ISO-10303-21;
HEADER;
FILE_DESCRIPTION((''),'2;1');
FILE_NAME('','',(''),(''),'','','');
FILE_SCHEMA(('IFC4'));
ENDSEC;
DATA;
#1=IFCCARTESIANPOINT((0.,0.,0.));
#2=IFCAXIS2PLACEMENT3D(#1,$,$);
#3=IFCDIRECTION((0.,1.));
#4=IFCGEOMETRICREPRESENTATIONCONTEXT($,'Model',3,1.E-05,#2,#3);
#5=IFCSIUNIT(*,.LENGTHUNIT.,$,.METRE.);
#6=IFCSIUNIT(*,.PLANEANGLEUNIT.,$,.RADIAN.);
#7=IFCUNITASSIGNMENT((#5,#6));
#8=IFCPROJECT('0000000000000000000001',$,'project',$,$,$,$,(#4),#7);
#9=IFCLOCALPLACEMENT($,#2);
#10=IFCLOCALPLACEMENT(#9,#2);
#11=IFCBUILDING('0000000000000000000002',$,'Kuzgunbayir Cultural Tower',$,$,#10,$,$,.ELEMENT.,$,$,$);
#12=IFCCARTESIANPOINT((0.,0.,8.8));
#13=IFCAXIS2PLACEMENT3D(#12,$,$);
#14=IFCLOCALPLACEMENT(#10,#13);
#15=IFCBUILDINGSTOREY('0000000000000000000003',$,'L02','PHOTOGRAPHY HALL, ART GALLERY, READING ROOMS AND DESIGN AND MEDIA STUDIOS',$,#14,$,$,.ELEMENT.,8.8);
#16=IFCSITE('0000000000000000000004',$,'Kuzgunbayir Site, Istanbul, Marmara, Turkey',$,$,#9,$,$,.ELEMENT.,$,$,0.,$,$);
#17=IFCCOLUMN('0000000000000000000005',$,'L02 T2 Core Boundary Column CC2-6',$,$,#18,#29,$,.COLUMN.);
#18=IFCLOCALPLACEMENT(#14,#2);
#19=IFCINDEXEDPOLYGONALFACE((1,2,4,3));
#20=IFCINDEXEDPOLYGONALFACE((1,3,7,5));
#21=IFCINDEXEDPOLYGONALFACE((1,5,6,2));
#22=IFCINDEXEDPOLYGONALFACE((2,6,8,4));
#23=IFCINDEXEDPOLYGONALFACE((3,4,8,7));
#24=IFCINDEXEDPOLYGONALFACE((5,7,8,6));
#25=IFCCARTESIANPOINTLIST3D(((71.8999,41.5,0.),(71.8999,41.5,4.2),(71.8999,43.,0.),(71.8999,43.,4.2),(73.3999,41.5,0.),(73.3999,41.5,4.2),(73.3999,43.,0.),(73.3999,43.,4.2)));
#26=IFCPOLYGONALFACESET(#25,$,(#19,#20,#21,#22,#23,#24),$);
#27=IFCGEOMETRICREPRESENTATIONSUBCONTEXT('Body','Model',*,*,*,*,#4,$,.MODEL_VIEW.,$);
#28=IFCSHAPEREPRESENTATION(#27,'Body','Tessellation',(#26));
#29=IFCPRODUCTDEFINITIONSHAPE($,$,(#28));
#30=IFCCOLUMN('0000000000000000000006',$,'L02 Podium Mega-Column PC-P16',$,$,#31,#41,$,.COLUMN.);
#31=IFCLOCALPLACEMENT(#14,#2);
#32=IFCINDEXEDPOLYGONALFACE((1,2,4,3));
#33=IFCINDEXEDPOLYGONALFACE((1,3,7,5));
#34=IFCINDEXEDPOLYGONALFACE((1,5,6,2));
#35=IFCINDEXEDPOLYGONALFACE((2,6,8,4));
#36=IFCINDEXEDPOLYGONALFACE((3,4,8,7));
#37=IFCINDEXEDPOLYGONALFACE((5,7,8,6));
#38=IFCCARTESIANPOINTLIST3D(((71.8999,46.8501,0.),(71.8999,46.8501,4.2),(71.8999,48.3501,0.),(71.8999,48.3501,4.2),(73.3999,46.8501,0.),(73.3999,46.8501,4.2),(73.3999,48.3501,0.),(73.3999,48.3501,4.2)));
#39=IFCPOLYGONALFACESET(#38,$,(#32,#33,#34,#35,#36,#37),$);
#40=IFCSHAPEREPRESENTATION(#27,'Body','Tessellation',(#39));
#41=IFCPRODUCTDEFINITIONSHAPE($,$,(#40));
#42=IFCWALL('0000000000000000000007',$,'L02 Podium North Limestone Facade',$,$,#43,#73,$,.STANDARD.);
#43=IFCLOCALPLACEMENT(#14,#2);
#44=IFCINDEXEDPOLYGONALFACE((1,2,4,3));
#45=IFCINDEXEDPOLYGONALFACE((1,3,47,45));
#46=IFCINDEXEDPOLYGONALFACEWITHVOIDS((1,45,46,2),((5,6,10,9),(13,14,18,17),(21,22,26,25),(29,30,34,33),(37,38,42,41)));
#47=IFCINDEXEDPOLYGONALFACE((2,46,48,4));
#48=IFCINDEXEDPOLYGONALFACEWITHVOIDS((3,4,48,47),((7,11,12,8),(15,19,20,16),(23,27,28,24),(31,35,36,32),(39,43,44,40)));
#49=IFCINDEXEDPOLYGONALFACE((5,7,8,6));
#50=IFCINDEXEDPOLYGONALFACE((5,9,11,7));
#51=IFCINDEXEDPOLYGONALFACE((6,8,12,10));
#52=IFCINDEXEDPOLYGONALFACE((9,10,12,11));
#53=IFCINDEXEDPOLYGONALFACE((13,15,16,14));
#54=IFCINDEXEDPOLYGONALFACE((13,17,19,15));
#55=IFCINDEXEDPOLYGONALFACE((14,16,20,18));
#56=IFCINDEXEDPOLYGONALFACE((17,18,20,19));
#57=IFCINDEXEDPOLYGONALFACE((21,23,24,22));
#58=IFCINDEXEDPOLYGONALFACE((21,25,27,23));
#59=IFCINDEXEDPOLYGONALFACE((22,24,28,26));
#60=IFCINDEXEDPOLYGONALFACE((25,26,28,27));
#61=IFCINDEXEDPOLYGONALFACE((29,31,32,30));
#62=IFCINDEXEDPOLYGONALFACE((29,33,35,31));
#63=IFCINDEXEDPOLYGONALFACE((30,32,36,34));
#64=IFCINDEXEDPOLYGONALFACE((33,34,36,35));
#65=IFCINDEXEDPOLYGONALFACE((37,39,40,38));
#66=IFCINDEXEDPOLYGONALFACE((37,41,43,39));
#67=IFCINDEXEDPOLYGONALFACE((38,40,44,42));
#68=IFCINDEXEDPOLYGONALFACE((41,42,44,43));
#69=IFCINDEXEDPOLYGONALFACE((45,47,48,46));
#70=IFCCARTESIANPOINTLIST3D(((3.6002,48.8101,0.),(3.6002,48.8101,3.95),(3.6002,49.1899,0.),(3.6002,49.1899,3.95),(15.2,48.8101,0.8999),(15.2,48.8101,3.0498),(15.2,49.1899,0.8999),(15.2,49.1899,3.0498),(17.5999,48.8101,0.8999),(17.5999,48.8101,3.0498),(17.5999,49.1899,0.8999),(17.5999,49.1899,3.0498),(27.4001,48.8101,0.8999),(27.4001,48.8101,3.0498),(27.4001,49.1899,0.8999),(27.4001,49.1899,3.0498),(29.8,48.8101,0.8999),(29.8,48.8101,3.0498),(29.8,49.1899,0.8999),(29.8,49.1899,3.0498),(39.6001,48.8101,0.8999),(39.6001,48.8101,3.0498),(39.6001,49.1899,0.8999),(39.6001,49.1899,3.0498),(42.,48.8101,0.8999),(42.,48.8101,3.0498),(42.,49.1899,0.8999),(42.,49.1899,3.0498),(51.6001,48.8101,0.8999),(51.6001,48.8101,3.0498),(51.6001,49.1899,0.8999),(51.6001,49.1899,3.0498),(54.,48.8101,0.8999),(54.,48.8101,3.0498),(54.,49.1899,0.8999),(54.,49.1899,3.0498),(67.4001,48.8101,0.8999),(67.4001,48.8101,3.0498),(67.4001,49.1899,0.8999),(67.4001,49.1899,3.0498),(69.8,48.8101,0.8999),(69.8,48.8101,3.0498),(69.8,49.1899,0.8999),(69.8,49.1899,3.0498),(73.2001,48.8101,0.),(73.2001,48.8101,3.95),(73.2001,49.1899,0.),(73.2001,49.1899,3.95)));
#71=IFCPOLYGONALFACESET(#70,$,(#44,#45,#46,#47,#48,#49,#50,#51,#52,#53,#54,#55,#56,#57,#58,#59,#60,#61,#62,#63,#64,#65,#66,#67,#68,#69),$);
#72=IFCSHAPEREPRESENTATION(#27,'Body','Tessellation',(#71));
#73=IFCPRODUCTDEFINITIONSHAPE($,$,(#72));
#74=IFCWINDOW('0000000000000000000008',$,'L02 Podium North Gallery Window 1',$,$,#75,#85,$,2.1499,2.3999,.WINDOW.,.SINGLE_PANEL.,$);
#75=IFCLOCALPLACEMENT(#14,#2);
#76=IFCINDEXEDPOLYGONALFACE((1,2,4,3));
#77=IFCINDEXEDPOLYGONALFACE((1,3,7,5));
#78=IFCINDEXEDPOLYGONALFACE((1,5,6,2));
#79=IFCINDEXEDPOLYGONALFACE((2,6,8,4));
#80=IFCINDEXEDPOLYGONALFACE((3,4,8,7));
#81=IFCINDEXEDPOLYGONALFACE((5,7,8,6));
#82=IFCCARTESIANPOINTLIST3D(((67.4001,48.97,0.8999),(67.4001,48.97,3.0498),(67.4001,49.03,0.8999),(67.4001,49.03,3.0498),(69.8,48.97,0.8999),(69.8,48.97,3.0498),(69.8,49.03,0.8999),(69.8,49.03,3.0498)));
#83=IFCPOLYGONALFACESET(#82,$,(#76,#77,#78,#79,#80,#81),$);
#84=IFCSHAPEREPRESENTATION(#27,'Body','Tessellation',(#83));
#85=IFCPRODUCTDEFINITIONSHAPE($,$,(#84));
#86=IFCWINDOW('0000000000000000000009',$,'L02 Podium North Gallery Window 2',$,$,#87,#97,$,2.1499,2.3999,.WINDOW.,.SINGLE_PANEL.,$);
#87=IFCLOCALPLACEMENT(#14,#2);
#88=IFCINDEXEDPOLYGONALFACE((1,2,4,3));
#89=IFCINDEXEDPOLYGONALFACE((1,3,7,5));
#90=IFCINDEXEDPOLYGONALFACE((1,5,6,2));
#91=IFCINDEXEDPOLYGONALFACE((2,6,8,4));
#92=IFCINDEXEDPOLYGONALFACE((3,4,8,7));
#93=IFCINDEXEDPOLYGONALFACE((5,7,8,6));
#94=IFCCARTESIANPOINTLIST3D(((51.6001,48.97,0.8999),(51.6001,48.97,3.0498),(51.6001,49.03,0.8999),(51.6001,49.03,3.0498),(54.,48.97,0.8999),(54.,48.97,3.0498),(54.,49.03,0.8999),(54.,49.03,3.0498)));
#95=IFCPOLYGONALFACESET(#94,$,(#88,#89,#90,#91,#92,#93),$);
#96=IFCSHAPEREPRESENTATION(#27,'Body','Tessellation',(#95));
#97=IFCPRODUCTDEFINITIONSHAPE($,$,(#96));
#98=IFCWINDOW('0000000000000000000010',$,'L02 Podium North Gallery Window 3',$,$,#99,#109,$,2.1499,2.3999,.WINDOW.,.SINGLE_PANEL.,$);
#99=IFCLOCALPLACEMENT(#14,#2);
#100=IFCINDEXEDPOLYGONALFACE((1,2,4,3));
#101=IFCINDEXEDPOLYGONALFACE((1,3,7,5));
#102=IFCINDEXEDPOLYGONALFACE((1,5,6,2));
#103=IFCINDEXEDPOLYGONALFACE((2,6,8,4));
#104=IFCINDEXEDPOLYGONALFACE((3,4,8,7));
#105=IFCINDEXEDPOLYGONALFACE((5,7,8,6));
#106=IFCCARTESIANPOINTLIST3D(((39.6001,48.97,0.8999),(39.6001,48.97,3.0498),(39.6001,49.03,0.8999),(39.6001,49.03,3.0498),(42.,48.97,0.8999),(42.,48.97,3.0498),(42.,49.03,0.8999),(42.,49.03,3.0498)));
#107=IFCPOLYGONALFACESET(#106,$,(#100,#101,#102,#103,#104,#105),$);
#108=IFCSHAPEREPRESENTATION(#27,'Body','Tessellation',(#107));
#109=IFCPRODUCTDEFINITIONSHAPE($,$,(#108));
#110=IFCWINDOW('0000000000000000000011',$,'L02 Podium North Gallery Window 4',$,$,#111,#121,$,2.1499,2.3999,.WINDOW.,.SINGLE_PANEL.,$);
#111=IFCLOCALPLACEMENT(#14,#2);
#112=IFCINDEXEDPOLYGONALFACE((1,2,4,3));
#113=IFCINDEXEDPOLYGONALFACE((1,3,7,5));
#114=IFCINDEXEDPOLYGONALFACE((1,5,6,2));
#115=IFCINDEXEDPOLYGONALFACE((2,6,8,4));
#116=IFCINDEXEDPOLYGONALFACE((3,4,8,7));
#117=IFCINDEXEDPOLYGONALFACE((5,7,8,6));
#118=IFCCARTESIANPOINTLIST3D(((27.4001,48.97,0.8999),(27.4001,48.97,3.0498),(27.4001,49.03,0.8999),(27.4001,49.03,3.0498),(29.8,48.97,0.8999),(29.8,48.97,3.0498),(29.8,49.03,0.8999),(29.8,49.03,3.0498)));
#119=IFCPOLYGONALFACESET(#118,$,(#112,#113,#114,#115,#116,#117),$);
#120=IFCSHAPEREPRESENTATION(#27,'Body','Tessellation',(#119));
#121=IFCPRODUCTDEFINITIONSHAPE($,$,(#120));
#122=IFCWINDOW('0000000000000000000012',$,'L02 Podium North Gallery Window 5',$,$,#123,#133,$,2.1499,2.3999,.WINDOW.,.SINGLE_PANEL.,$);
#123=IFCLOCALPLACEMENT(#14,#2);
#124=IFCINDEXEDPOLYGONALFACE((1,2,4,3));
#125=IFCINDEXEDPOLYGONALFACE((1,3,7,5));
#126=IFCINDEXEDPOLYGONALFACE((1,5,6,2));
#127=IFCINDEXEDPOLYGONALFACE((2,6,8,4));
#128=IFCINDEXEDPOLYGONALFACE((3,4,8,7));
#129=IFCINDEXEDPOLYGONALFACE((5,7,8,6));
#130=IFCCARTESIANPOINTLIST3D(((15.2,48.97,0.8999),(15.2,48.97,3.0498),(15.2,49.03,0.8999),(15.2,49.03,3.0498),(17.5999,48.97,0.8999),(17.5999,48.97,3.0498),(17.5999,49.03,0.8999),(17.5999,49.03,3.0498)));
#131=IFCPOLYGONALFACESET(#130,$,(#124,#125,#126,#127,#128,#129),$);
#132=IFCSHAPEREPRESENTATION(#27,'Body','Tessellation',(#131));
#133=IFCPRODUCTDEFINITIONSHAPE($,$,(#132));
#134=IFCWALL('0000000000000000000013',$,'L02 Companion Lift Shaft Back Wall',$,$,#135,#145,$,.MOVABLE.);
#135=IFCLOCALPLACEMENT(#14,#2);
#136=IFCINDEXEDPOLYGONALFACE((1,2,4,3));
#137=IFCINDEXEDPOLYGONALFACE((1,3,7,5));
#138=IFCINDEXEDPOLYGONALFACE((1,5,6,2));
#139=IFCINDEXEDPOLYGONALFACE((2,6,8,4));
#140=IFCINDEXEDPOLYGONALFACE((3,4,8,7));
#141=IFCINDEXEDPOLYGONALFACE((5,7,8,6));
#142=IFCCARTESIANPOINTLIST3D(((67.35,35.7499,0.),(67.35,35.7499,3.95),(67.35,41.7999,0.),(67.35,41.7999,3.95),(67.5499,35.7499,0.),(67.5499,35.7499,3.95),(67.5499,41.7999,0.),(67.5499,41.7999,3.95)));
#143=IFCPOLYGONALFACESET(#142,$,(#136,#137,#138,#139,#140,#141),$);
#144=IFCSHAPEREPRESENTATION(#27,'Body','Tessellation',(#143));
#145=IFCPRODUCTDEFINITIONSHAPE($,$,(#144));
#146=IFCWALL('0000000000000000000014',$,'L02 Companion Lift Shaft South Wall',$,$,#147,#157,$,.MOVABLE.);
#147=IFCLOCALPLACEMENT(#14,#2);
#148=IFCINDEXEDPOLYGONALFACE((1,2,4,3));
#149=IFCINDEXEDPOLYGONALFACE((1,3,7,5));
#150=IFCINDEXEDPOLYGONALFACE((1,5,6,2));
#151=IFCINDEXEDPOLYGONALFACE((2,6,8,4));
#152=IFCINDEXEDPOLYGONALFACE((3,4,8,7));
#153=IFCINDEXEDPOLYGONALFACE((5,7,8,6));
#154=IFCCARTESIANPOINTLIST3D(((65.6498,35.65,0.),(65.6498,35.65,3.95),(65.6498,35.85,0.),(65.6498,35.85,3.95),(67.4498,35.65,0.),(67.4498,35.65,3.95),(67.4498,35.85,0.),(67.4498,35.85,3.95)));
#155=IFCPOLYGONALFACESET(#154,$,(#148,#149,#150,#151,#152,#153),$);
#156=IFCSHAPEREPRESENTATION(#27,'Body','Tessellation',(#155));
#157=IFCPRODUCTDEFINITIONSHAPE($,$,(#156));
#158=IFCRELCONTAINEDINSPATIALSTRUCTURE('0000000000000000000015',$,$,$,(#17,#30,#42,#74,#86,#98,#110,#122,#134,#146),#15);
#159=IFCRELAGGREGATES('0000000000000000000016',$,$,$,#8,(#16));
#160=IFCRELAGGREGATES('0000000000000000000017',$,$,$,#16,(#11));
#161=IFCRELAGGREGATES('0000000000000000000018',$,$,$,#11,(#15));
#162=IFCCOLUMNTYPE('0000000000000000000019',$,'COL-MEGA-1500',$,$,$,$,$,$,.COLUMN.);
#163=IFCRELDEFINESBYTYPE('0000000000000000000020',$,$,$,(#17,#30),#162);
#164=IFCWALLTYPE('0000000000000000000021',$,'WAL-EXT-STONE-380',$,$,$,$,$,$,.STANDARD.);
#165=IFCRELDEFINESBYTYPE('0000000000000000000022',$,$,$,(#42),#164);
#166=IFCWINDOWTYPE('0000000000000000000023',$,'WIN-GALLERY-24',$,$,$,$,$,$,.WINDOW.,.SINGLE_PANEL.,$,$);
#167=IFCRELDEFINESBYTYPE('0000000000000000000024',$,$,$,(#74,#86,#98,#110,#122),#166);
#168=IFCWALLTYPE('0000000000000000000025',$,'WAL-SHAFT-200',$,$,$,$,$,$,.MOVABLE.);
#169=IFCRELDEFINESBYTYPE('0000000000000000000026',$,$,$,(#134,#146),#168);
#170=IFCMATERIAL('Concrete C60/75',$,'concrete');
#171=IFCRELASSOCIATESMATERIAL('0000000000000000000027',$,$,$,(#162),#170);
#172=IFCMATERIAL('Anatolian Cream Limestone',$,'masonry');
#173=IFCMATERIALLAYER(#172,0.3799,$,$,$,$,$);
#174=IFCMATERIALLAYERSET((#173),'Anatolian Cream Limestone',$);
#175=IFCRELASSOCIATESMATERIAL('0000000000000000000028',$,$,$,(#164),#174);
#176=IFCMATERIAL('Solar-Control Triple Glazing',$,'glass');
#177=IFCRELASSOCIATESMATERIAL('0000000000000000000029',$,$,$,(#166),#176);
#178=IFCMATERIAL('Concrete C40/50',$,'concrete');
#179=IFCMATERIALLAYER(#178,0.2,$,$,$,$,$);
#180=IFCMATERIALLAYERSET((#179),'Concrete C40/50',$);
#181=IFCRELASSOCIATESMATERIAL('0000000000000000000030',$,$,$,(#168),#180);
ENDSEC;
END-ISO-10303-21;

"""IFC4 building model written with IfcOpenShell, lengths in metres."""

from ifc_helpers import new_model, si_unit, direction, frame, frame_2d, origin, origin_2d, place, context, subcontext, project, spatial, rectangle, extrude, material, layer, layer_set, material_profile, profile_set, type_object, element, fill, save


model = new_model("IFC4")

# Units and contexts
model_context = context("Model", 3, precision=1e-05, world=origin(), true_north=direction((0.0, 1.0)))
body_context = subcontext(model_context, "Body", "Model", "MODEL_VIEW")
ifc_project = project(units=[si_unit("LENGTHUNIT", "METRE"), si_unit("PLANEANGLEUNIT", "RADIAN")], contexts=[model_context])

# Site, building, storey
site_placement = place(None, origin())
site = spatial("IfcSite", under=ifc_project, at=site_placement, Name="Kuzgunbayir Site, Istanbul, Marmara, Turkey", CompositionType="ELEMENT", RefElevation=0.0)
building_placement = place(site_placement, origin())
building = spatial("IfcBuilding", under=site, at=building_placement, Name="Kuzgunbayir Cultural Tower", CompositionType="ELEMENT")
storey_placement = place(building_placement, frame((0.0, 0.0, 8.8)))
storey = spatial("IfcBuildingStorey", under=building, at=storey_placement, Name="L02", Description="PHOTOGRAPHY HALL, ART GALLERY, READING ROOMS AND DESIGN AND MEDIA STUDIOS", CompositionType="ELEMENT", Elevation=8.8)

# Columns
ifc_material_1 = material(Name="Concrete C60/75", Category="concrete")
ifc_material_profile = material_profile(ifc_material_1, rectangle(XDim=1.5, YDim=1.5, at=origin_2d()), Name="RC 1500x1500")
ifc_profile_set = profile_set([ifc_material_profile], Name="Concrete C60/75")
column_type = type_object("IfcColumnType", Name="COL-MEGA-1500", PredefinedType="COLUMN", material=ifc_profile_set)
for number, where, z_axis, x_axis, name in (
    (1, (72.6499, 42.25, 0.0), (0.0, 0.0, 1.0), (1.0, 0.0, 0.0), "L02 T2 Core Boundary Column CC2-6"),
    (2, (72.6499, 47.6001, 0.0), (0.0, 0.0, 1.0), (1.0, 0.0, 0.0), "L02 Podium Mega-Column PC-P16"),
):
    element("IfcColumn", number, at=place(storey_placement, frame(where, z_axis=z_axis, x_axis=x_axis)), inside=storey, type_object=column_type, Name=name, PredefinedType="COLUMN", context=body_context, shape_type="SweptSolid", body=[
        extrude(rectangle(XDim=1.5, YDim=1.5, at=origin_2d()), origin(), (0.0, 0.0, 1.0), 4.2),
    ])

# Wall, openings, windows
ifc_material_2 = material(Name="Anatolian Cream Limestone", Category="masonry")
ifc_layer_1 = layer(ifc_material_2, 0.3799)
ifc_layer_set_1 = layer_set([ifc_layer_1], Name="Anatolian Cream Limestone")
wall_type_1 = type_object("IfcWallType", Name="WAL-EXT-STONE-380", PredefinedType="STANDARD", material=ifc_layer_set_1)
wall_1_placement = place(storey_placement, frame((73.2, 49.0, 0.0), z_axis=(0.0, 0.0, 1.0), x_axis=(-1.0, 0.0, 0.0)))
wall_1 = element("IfcWall", 3, at=wall_1_placement, inside=storey, type_object=wall_type_1, Name="L02 Podium North Limestone Facade", PredefinedType="STANDARD", context=body_context, shape_type="SweptSolid", body=[
    extrude(rectangle(XDim=69.5999, YDim=0.3799, at=frame_2d((34.7998, 0.0))), origin(), (0.0, 0.0, 1.0), 3.95),
])
opening_1_placement = place(wall_1_placement, frame((3.3999, 0.0, 0.8999)))
opening_1 = element("IfcOpeningElement", 4, at=opening_1_placement, cuts=wall_1, PredefinedType="OPENING", context=body_context, shape_type="SweptSolid", body=[
    extrude(rectangle(XDim=2.3999, YDim=2.1499, at=frame_2d((1.2, 1.075))), frame((0.0, 0.2, 0.0), z_axis=(0.0, -1.0, 0.0), x_axis=(1.0, 0.0, 0.0)), (0.0, 0.0, 1.0), 0.3999),
])
opening_2_placement = place(wall_1_placement, frame((19.2, 0.0, 0.8999)))
opening_2 = element("IfcOpeningElement", 5, at=opening_2_placement, cuts=wall_1, PredefinedType="OPENING", context=body_context, shape_type="SweptSolid", body=[
    extrude(rectangle(XDim=2.3999, YDim=2.1499, at=frame_2d((1.2, 1.075))), frame((0.0, 0.2, 0.0), z_axis=(0.0, -1.0, 0.0), x_axis=(1.0, 0.0, 0.0)), (0.0, 0.0, 1.0), 0.3999),
])
opening_3_placement = place(wall_1_placement, frame((31.2, 0.0, 0.8999)))
opening_3 = element("IfcOpeningElement", 6, at=opening_3_placement, cuts=wall_1, PredefinedType="OPENING", context=body_context, shape_type="SweptSolid", body=[
    extrude(rectangle(XDim=2.3999, YDim=2.1499, at=frame_2d((1.2, 1.075))), frame((0.0, 0.2, 0.0), z_axis=(0.0, -1.0, 0.0), x_axis=(1.0, 0.0, 0.0)), (0.0, 0.0, 1.0), 0.3999),
])
opening_4_placement = place(wall_1_placement, frame((43.3999, 0.0, 0.8999)))
opening_4 = element("IfcOpeningElement", 7, at=opening_4_placement, cuts=wall_1, PredefinedType="OPENING", context=body_context, shape_type="SweptSolid", body=[
    extrude(rectangle(XDim=2.3999, YDim=2.1499, at=frame_2d((1.2, 1.075))), frame((0.0, 0.2, 0.0), z_axis=(0.0, -1.0, 0.0), x_axis=(1.0, 0.0, 0.0)), (0.0, 0.0, 1.0), 0.3999),
])
opening_5_placement = place(wall_1_placement, frame((55.6001, 0.0, 0.8999)))
opening_5 = element("IfcOpeningElement", 8, at=opening_5_placement, cuts=wall_1, PredefinedType="OPENING", context=body_context, shape_type="SweptSolid", body=[
    extrude(rectangle(XDim=2.3999, YDim=2.1499, at=frame_2d((1.2, 1.075))), frame((0.0, 0.2, 0.0), z_axis=(0.0, -1.0, 0.0), x_axis=(1.0, 0.0, 0.0)), (0.0, 0.0, 1.0), 0.3999),
])
ifc_material_3 = material(Name="Solar-Control Triple Glazing", Category="glass")
window_type = type_object("IfcWindowType", Name="WIN-GALLERY-24", PartitioningType="SINGLE_PANEL", PredefinedType="WINDOW", material=ifc_material_3)
window_1_placement = place(opening_1_placement, origin())
window_1 = element("IfcWindow", 9, at=window_1_placement, inside=storey, type_object=window_type, Name="L02 Podium North Gallery Window 1", OverallHeight=2.1499, OverallWidth=2.3999, PartitioningType="SINGLE_PANEL", PredefinedType="WINDOW", context=body_context, shape_type="SweptSolid", body=[
    extrude(rectangle(XDim=2.3999, YDim=2.1499, at=frame_2d((1.2, 1.075))), frame((0.0, 0.03, 0.0), z_axis=(0.0, -1.0, 0.0), x_axis=(1.0, 0.0, 0.0)), (0.0, 0.0, 1.0), 0.0601),
])
fill(opening_1, window_1)
window_2_placement = place(opening_2_placement, origin())
window_2 = element("IfcWindow", 10, at=window_2_placement, inside=storey, type_object=window_type, Name="L02 Podium North Gallery Window 2", OverallHeight=2.1499, OverallWidth=2.3999, PartitioningType="SINGLE_PANEL", PredefinedType="WINDOW", context=body_context, shape_type="SweptSolid", body=[
    extrude(rectangle(XDim=2.3999, YDim=2.1499, at=frame_2d((1.2, 1.075))), frame((0.0, 0.03, 0.0), z_axis=(0.0, -1.0, 0.0), x_axis=(1.0, 0.0, 0.0)), (0.0, 0.0, 1.0), 0.0601),
])
fill(opening_2, window_2)
window_3_placement = place(opening_3_placement, origin())
window_3 = element("IfcWindow", 11, at=window_3_placement, inside=storey, type_object=window_type, Name="L02 Podium North Gallery Window 3", OverallHeight=2.1499, OverallWidth=2.3999, PartitioningType="SINGLE_PANEL", PredefinedType="WINDOW", context=body_context, shape_type="SweptSolid", body=[
    extrude(rectangle(XDim=2.3999, YDim=2.1499, at=frame_2d((1.2, 1.075))), frame((0.0, 0.03, 0.0), z_axis=(0.0, -1.0, 0.0), x_axis=(1.0, 0.0, 0.0)), (0.0, 0.0, 1.0), 0.0601),
])
fill(opening_3, window_3)
window_4_placement = place(opening_4_placement, origin())
window_4 = element("IfcWindow", 12, at=window_4_placement, inside=storey, type_object=window_type, Name="L02 Podium North Gallery Window 4", OverallHeight=2.1499, OverallWidth=2.3999, PartitioningType="SINGLE_PANEL", PredefinedType="WINDOW", context=body_context, shape_type="SweptSolid", body=[
    extrude(rectangle(XDim=2.3999, YDim=2.1499, at=frame_2d((1.2, 1.075))), frame((0.0, 0.03, 0.0), z_axis=(0.0, -1.0, 0.0), x_axis=(1.0, 0.0, 0.0)), (0.0, 0.0, 1.0), 0.0601),
])
fill(opening_4, window_4)
window_5_placement = place(opening_5_placement, origin())
window_5 = element("IfcWindow", 13, at=window_5_placement, inside=storey, type_object=window_type, Name="L02 Podium North Gallery Window 5", OverallHeight=2.1499, OverallWidth=2.3999, PartitioningType="SINGLE_PANEL", PredefinedType="WINDOW", context=body_context, shape_type="SweptSolid", body=[
    extrude(rectangle(XDim=2.3999, YDim=2.1499, at=frame_2d((1.2, 1.075))), frame((0.0, 0.03, 0.0), z_axis=(0.0, -1.0, 0.0), x_axis=(1.0, 0.0, 0.0)), (0.0, 0.0, 1.0), 0.0601),
])
fill(opening_5, window_5)

# Walls
ifc_material_4 = material(Name="Concrete C40/50", Category="concrete")
ifc_layer_2 = layer(ifc_material_4, 0.2)
ifc_layer_set_2 = layer_set([ifc_layer_2], Name="Concrete C40/50")
wall_type_2 = type_object("IfcWallType", Name="WAL-SHAFT-200", PredefinedType="MOVABLE", material=ifc_layer_set_2)
wall_2_placement = place(storey_placement, frame((67.45, 35.75, 0.0), z_axis=(0.0, 0.0, 1.0), x_axis=(0.0, 1.0, 0.0)))
element("IfcWall", 14, at=wall_2_placement, inside=storey, type_object=wall_type_2, Name="L02 Companion Lift Shaft Back Wall", PredefinedType="MOVABLE", context=body_context, shape_type="SweptSolid", body=[
    extrude(rectangle(XDim=6.05, YDim=0.2, at=frame_2d((3.0249, 0.0))), origin(), (0.0, 0.0, 1.0), 3.95),
])
wall_3_placement = place(storey_placement, frame((65.6499, 35.75, 0.0), z_axis=(0.0, 0.0, 1.0), x_axis=(1.0, 0.0, 0.0)))
element("IfcWall", 15, at=wall_3_placement, inside=storey, type_object=wall_type_2, Name="L02 Companion Lift Shaft South Wall", PredefinedType="MOVABLE", context=body_context, shape_type="SweptSolid", body=[
    extrude(rectangle(XDim=1.8, YDim=0.2, at=frame_2d((0.8999, 0.0))), origin(), (0.0, 0.0, 1.0), 3.95),
])

save(model, "model.ifc")
